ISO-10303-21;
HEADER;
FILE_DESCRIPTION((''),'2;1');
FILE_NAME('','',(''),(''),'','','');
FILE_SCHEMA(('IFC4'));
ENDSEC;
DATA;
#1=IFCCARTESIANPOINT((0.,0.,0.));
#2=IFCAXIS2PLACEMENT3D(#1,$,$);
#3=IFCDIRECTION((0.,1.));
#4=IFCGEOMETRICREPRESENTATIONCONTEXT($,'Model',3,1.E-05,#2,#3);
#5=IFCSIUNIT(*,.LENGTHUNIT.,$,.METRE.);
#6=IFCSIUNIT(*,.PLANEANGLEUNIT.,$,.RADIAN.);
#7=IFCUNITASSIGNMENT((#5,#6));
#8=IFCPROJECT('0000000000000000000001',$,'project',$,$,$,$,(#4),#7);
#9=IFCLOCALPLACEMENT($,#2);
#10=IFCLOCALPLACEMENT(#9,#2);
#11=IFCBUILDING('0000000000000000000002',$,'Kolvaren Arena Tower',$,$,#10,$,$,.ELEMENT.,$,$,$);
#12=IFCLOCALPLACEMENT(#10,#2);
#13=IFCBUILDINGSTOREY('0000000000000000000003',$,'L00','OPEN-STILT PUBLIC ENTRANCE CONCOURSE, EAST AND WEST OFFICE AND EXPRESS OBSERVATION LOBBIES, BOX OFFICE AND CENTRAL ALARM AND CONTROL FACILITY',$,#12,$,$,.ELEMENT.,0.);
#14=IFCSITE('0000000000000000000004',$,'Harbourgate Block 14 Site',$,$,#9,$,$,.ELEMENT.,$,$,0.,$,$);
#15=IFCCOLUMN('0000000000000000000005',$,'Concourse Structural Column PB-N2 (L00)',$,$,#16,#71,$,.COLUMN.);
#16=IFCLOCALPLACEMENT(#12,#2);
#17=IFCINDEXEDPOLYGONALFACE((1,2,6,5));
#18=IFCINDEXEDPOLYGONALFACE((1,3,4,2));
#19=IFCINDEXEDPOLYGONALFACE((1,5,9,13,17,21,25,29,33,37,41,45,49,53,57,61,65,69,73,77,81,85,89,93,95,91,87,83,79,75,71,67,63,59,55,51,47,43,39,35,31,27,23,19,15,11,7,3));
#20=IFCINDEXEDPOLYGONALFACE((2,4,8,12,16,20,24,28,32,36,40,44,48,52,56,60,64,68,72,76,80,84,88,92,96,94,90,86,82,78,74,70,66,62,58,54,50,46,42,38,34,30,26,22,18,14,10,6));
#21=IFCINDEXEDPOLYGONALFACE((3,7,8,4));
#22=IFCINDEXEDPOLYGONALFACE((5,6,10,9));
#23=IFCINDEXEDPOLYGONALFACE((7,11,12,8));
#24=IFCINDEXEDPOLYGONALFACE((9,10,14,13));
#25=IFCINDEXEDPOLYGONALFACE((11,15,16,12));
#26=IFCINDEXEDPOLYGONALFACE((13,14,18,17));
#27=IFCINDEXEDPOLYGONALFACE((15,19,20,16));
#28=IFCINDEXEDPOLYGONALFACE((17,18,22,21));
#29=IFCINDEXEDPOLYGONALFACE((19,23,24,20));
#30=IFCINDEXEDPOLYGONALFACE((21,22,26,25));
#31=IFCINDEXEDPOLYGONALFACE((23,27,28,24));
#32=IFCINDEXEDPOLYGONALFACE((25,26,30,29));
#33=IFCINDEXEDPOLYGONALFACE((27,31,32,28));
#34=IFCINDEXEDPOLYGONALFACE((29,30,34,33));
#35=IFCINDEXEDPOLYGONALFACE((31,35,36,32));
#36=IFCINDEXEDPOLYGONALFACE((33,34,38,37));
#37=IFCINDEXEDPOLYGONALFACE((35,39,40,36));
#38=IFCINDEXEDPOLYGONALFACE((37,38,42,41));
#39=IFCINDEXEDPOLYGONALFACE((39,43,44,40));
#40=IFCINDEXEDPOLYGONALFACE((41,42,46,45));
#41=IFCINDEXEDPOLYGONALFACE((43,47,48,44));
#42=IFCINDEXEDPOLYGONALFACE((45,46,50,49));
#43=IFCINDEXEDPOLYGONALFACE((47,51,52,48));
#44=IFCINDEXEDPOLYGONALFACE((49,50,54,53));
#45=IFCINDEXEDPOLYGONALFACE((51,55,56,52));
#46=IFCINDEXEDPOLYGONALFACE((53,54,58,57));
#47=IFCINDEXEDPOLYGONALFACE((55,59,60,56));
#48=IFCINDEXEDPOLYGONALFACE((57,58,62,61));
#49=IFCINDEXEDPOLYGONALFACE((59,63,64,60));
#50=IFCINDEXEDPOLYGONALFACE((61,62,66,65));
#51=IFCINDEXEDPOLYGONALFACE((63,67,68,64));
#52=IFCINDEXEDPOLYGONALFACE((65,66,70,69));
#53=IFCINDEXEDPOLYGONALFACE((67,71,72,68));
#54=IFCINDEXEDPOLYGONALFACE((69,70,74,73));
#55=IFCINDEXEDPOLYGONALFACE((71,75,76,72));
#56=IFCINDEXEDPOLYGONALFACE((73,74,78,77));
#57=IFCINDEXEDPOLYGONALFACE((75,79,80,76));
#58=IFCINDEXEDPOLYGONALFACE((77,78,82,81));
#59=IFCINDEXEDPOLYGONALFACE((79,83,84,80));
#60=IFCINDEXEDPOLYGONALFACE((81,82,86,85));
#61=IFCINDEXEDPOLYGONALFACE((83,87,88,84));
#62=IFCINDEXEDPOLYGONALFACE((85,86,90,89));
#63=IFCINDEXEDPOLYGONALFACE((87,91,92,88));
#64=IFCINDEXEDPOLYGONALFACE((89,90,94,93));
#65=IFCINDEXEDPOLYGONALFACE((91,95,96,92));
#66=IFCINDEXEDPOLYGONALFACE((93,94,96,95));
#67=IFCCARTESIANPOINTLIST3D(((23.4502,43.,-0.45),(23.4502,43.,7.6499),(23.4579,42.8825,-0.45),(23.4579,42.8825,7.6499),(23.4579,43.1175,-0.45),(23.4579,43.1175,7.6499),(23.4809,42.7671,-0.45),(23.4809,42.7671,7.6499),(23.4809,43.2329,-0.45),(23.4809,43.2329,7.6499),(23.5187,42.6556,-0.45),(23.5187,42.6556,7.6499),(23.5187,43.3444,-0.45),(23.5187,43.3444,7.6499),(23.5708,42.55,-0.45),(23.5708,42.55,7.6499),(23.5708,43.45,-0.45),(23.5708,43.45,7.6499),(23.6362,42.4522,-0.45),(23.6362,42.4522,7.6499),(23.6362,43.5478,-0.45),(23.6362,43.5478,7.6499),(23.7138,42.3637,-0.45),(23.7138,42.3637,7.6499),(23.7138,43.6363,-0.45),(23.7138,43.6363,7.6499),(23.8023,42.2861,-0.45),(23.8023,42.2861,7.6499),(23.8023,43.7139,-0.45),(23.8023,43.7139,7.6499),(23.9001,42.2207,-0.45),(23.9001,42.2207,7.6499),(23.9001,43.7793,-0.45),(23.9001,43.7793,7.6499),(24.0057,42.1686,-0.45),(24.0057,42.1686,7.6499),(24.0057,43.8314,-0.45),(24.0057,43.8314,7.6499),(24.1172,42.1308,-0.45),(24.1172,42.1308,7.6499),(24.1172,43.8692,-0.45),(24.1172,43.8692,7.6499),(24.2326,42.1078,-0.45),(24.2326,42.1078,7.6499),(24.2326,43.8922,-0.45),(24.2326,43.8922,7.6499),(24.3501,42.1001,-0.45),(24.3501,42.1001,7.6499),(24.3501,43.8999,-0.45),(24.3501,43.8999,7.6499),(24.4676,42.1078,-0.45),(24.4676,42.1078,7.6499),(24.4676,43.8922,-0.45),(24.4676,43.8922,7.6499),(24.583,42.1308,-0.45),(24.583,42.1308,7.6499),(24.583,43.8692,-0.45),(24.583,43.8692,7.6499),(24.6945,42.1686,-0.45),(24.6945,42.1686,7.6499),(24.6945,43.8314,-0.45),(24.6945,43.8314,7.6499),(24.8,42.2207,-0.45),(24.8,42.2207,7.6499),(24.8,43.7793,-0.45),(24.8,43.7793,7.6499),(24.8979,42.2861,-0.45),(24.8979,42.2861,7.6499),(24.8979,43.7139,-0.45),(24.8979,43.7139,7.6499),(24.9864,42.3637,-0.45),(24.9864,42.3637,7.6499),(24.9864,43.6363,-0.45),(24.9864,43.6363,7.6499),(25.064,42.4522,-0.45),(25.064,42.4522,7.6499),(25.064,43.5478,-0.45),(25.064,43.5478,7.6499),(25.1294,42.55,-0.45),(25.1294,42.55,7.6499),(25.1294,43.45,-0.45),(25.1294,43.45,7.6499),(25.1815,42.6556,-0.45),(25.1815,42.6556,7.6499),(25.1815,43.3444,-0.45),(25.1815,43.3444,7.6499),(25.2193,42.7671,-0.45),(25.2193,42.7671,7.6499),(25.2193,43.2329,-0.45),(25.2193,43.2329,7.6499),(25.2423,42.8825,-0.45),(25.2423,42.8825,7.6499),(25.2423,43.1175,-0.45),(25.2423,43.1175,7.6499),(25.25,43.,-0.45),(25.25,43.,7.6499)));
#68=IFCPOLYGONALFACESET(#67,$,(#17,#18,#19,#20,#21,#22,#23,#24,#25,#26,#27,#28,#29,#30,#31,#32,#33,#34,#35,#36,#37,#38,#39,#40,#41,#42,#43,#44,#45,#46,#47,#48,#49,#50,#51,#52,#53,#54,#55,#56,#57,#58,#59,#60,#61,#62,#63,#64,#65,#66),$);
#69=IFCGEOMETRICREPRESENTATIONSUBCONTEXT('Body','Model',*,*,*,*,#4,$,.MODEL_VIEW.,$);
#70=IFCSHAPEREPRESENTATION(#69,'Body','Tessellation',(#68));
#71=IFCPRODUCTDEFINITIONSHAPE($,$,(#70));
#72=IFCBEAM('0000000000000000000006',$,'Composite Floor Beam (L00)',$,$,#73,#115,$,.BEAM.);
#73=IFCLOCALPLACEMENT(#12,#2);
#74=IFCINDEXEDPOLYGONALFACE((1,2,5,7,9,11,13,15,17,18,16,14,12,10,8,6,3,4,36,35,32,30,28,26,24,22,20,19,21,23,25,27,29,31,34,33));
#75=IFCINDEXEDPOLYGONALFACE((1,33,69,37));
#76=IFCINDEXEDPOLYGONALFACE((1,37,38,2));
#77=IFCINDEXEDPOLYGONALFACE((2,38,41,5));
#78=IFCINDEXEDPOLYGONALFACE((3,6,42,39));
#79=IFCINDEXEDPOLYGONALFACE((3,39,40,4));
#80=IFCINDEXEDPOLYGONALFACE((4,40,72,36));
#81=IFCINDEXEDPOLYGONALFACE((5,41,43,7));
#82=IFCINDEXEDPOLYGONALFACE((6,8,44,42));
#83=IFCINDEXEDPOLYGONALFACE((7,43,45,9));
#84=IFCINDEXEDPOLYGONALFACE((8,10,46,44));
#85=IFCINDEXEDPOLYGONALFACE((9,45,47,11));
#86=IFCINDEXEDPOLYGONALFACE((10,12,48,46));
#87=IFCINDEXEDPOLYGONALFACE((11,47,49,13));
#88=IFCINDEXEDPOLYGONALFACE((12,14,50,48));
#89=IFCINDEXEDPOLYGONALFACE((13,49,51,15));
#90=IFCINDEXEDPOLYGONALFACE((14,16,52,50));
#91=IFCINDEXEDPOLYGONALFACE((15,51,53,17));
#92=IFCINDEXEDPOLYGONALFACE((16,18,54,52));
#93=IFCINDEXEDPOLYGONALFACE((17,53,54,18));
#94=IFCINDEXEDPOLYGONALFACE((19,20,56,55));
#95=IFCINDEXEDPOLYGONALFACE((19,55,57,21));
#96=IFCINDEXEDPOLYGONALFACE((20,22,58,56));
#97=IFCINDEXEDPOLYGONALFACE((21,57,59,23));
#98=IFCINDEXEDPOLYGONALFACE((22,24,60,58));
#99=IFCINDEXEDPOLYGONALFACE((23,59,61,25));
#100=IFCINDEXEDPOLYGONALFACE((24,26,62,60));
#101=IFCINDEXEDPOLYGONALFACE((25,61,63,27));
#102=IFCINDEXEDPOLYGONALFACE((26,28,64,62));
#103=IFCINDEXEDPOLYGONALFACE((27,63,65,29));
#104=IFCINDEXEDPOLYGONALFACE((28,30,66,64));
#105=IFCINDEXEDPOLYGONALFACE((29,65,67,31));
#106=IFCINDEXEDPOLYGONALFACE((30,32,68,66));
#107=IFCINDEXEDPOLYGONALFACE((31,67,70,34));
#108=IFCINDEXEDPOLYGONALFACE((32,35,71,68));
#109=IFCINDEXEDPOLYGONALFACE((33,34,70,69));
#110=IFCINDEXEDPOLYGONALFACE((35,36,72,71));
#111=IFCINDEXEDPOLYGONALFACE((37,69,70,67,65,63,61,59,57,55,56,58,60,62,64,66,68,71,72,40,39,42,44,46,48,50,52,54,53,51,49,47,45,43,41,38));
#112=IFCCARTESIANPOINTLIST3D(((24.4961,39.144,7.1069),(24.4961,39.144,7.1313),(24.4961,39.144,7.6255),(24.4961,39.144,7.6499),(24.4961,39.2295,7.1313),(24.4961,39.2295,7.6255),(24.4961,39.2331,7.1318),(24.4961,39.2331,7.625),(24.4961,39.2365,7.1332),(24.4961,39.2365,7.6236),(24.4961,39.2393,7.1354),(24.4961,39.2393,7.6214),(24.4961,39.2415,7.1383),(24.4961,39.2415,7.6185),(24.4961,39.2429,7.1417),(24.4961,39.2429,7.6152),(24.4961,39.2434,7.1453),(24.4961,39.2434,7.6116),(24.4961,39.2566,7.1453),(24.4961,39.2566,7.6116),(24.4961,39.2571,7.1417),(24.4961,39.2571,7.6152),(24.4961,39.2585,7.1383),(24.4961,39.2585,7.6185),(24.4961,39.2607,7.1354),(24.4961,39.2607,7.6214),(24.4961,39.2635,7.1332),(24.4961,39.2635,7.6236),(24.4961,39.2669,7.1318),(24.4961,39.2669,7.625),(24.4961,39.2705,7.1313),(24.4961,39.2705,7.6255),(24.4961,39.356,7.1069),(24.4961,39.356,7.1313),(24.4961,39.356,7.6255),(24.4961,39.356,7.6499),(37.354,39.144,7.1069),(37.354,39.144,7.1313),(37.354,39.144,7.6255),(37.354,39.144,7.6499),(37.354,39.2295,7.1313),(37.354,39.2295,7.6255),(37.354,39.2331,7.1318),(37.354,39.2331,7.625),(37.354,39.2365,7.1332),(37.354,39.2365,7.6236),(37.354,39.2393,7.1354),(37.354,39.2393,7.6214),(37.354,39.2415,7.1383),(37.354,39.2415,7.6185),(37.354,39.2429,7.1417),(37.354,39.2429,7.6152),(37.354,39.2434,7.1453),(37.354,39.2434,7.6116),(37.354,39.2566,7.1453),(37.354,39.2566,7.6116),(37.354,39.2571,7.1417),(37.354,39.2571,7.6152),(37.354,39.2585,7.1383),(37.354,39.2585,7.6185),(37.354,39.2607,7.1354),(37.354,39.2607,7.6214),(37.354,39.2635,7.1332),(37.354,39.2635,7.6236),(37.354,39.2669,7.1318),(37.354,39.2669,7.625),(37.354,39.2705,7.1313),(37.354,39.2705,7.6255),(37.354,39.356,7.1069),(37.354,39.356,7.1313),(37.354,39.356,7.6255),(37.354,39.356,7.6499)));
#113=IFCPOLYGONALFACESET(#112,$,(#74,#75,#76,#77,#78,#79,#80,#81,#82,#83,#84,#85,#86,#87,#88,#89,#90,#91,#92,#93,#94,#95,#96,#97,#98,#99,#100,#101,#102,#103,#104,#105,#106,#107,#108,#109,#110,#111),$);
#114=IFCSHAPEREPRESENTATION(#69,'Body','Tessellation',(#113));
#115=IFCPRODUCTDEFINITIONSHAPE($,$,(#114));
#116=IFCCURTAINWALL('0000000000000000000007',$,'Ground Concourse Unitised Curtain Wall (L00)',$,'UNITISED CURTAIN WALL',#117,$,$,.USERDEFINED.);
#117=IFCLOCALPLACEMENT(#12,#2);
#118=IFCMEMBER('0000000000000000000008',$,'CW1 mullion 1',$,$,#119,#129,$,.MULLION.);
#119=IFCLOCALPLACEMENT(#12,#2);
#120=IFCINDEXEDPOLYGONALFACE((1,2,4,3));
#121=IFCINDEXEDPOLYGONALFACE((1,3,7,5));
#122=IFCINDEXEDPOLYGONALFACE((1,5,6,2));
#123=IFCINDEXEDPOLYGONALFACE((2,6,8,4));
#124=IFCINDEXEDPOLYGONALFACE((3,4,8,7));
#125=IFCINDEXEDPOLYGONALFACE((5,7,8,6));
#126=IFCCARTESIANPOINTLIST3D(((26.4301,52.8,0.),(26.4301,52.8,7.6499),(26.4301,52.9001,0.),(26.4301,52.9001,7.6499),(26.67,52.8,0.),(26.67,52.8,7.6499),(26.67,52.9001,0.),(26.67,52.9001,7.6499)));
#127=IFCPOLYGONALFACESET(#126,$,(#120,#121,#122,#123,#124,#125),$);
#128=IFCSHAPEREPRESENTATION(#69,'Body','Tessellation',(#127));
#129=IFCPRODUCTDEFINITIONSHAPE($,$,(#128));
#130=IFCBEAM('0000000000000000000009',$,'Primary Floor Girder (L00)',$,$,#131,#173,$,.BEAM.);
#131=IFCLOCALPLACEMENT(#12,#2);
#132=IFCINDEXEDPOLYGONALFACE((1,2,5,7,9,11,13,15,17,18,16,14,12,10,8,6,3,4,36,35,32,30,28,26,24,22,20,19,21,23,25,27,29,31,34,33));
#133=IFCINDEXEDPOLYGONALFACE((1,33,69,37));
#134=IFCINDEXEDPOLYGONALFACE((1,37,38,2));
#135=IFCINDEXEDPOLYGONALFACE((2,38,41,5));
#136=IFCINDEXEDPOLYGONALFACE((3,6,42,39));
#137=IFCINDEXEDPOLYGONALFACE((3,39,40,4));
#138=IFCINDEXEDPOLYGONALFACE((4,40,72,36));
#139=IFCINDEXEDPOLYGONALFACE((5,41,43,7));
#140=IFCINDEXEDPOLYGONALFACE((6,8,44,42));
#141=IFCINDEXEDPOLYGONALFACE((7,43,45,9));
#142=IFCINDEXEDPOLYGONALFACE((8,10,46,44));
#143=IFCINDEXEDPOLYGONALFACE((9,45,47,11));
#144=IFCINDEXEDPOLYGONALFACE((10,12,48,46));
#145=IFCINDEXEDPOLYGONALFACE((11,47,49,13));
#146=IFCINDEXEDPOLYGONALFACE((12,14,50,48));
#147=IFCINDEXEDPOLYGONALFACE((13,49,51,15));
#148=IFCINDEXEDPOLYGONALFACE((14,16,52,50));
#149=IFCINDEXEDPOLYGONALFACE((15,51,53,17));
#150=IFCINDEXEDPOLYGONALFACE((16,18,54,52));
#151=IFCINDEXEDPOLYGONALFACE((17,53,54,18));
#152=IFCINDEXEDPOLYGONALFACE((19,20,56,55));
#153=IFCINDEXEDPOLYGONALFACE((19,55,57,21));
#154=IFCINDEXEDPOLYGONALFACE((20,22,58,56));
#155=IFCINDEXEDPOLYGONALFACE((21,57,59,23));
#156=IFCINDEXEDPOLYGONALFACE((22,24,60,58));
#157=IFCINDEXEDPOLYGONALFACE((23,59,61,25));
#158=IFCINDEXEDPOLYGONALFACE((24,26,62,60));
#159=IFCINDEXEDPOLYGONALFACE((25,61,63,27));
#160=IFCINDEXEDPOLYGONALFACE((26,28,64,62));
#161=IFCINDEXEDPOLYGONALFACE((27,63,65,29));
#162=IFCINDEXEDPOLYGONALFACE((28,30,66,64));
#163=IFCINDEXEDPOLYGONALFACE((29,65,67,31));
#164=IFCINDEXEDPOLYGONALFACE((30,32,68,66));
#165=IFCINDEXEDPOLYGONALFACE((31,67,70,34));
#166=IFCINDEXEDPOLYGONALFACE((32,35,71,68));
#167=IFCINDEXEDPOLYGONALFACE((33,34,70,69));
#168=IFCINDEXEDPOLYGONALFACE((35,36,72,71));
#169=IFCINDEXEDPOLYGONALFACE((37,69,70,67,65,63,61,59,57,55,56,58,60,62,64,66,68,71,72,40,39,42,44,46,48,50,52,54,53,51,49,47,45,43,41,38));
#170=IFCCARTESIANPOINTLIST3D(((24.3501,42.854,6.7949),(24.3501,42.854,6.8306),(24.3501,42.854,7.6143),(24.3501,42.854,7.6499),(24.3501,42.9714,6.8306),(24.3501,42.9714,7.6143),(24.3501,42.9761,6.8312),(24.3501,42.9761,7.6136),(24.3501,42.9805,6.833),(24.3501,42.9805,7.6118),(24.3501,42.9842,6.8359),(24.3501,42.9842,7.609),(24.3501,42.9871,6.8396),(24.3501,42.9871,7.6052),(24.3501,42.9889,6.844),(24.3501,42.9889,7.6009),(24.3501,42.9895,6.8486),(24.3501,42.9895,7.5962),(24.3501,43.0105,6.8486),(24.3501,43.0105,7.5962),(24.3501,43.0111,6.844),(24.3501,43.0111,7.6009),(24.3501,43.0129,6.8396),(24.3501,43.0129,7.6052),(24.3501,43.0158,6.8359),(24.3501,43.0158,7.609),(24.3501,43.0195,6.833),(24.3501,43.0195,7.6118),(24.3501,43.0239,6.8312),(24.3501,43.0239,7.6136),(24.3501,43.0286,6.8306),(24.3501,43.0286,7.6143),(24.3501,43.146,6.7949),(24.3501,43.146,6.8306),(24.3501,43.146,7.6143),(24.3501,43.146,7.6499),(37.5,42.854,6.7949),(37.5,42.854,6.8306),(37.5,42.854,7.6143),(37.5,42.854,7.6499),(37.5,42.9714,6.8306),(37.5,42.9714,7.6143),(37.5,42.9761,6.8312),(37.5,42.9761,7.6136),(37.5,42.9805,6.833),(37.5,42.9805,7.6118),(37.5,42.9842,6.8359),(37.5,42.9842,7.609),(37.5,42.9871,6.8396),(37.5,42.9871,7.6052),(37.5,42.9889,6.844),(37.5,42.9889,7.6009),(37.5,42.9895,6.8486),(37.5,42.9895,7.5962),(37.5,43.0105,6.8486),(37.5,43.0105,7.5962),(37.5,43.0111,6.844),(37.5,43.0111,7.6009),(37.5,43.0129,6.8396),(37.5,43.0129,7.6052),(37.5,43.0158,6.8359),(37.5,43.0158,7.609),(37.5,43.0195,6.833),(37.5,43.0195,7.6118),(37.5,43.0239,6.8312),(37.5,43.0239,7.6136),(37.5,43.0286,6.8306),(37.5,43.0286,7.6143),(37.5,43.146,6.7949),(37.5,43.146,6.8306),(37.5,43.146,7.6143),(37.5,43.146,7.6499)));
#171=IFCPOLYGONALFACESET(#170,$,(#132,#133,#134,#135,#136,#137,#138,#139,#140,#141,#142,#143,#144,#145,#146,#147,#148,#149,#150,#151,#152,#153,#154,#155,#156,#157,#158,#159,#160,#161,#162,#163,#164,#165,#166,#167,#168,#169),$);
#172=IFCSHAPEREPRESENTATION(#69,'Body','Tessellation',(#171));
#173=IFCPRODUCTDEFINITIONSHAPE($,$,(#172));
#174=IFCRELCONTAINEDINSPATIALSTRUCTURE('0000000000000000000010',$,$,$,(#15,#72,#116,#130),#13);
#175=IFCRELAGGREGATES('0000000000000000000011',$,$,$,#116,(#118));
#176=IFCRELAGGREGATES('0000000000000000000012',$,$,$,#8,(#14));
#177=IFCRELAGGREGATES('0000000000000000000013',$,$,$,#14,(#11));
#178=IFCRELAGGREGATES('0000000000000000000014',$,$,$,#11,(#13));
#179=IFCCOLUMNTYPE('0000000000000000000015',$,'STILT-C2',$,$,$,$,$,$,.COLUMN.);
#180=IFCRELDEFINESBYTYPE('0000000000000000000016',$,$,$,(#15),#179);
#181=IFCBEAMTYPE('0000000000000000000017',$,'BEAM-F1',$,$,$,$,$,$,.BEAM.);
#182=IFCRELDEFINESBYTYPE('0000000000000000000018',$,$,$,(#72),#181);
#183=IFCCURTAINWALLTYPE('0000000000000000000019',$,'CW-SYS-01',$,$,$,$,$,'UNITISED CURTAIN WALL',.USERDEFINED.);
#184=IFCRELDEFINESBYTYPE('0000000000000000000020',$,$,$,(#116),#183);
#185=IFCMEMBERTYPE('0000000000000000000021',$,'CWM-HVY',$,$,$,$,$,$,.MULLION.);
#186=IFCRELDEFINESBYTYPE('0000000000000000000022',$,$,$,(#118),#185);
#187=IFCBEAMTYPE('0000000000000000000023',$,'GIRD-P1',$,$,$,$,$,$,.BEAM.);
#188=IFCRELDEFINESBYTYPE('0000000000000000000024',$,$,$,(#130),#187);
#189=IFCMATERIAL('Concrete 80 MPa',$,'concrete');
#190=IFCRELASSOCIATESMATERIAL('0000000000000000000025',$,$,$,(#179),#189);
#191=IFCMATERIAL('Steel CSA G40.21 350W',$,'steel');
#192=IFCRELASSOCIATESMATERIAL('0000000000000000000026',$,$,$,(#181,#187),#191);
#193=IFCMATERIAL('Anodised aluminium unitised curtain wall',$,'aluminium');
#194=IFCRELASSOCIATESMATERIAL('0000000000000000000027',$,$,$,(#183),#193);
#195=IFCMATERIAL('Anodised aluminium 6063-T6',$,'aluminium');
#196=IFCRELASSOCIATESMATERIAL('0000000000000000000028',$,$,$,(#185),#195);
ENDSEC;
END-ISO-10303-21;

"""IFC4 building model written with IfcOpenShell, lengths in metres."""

from ifc_helpers import new_model, si_unit, direction, frame, origin, origin_2d, place, context, subcontext, project, spatial, rectangle, circle, i_section, extrude, material, material_profile, profile_set, type_object, element, aggregate, save


model = new_model("IFC4")

# Units and contexts
model_context = context("Model", 3, precision=1e-05, world=origin(), true_north=direction((0.0, 1.0)))
body_context = subcontext(model_context, "Body", "Model", "MODEL_VIEW")
ifc_project = project(units=[si_unit("LENGTHUNIT", "METRE"), si_unit("PLANEANGLEUNIT", "RADIAN")], contexts=[model_context])

# Site, building, storey
site_placement = place(None, origin())
site = spatial("IfcSite", under=ifc_project, at=site_placement, Name="Harbourgate Block 14 Site", CompositionType="ELEMENT", RefElevation=0.0)
building_placement = place(site_placement, origin())
building = spatial("IfcBuilding", under=site, at=building_placement, Name="Kolvaren Arena Tower", CompositionType="ELEMENT")
storey_placement = place(building_placement, origin())
storey = spatial("IfcBuildingStorey", under=building, at=storey_placement, Name="L00", Description="OPEN-STILT PUBLIC ENTRANCE CONCOURSE, EAST AND WEST OFFICE AND EXPRESS OBSERVATION LOBBIES, BOX OFFICE AND CENTRAL ALARM AND CONTROL FACILITY", CompositionType="ELEMENT", Elevation=0.0)

# Column
ifc_material_1 = material(Name="Concrete 80 MPa", Category="concrete")
ifc_material_profile_1 = material_profile(ifc_material_1, circle(Radius=0.8999, at=origin_2d()), Name="RC-CIRC-1800")
ifc_profile_set_1 = profile_set([ifc_material_profile_1], Name="Concrete 80 MPa")
column_type = type_object("IfcColumnType", Name="STILT-C2", PredefinedType="COLUMN", material=ifc_profile_set_1)
column_placement = place(storey_placement, frame((24.3501, 43.0, -0.45), z_axis=(0.0, 0.0, 1.0), x_axis=(1.0, 0.0, 0.0)))
element("IfcColumn", 1, at=column_placement, inside=storey, type_object=column_type, Name="Concourse Structural Column PB-N2 (L00)", PredefinedType="COLUMN", context=body_context, shape_type="SweptSolid", body=[
    extrude(circle(Radius=0.8999, at=origin_2d()), origin(), (0.0, 0.0, 1.0), 8.0999),
])

# Beam
ifc_material_2 = material(Name="Steel CSA G40.21 350W", Category="steel")
ifc_material_profile_2 = material_profile(ifc_material_2, i_section(OverallWidth=0.2119, OverallDepth=0.543, WebThickness=0.0132, FlangeThickness=0.0244, FilletRadius=0.0139, at=origin_2d()), Name="W530x150")
ifc_profile_set_2 = profile_set([ifc_material_profile_2], Name="Steel CSA G40.21 350W")
beam_type_1 = type_object("IfcBeamType", Name="BEAM-F1", PredefinedType="BEAM", material=ifc_profile_set_2)
beam_1_placement = place(storey_placement, frame((24.4961, 39.25, 7.3784), z_axis=(1.0, 0.0, 0.0), x_axis=(0.0, 1.0, 0.0)))
element("IfcBeam", 2, at=beam_1_placement, inside=storey, type_object=beam_type_1, Name="Composite Floor Beam (L00)", PredefinedType="BEAM", context=body_context, shape_type="SweptSolid", body=[
    extrude(i_section(OverallWidth=0.2119, OverallDepth=0.543, WebThickness=0.0132, FlangeThickness=0.0244, FilletRadius=0.0139, at=origin_2d()), origin(), (0.0, 0.0, 1.0), 12.8579),
])

# Curtain wall, member
ifc_material_3 = material(Name="Anodised aluminium unitised curtain wall", Category="aluminium")
curtain_wall_type = type_object("IfcCurtainWallType", Name="CW-SYS-01", ElementType="UNITISED CURTAIN WALL", PredefinedType="USERDEFINED", material=ifc_material_3)
curtain_wall_placement = place(storey_placement, origin())
curtain_wall = element("IfcCurtainWall", 3, at=curtain_wall_placement, inside=storey, type_object=curtain_wall_type, Name="Ground Concourse Unitised Curtain Wall (L00)", ObjectType="UNITISED CURTAIN WALL", PredefinedType="USERDEFINED")
ifc_material_4 = material(Name="Anodised aluminium 6063-T6", Category="aluminium")
ifc_material_profile_3 = material_profile(ifc_material_4, rectangle(XDim=0.1001, YDim=0.24, at=origin_2d()), Name="ALU-100x240")
ifc_profile_set_3 = profile_set([ifc_material_profile_3], Name="Anodised aluminium 6063-T6")
member_type = type_object("IfcMemberType", Name="CWM-HVY", PredefinedType="MULLION", material=ifc_profile_set_3)
member_placement = place(storey_placement, frame((26.55, 52.8501, 0.0), z_axis=(0.0, 0.0, 1.0), x_axis=(0.0, 1.0, 0.0)))
member = element("IfcMember", 4, at=member_placement, type_object=member_type, Name="CW1 mullion 1", PredefinedType="MULLION", context=body_context, shape_type="SweptSolid", body=[
    extrude(rectangle(XDim=0.1001, YDim=0.24, at=origin_2d()), origin(), (0.0, 0.0, 1.0), 7.6499),
])
aggregate(curtain_wall, [member])

# Beam
ifc_material_profile_4 = material_profile(ifc_material_2, i_section(OverallWidth=0.292, OverallDepth=0.855, WebThickness=0.021, FlangeThickness=0.0356, FilletRadius=0.0181, at=origin_2d()), Name="W840x299")
ifc_profile_set_4 = profile_set([ifc_material_profile_4], Name="Steel CSA G40.21 350W")
beam_type_2 = type_object("IfcBeamType", Name="GIRD-P1", PredefinedType="BEAM", material=ifc_profile_set_4)
beam_2_placement = place(storey_placement, frame((24.3501, 43.0, 7.2224), z_axis=(1.0, 0.0, 0.0), x_axis=(0.0, 1.0, 0.0)))
element("IfcBeam", 5, at=beam_2_placement, inside=storey, type_object=beam_type_2, Name="Primary Floor Girder (L00)", PredefinedType="BEAM", context=body_context, shape_type="SweptSolid", body=[
    extrude(i_section(OverallWidth=0.292, OverallDepth=0.855, WebThickness=0.021, FlangeThickness=0.0356, FilletRadius=0.0181, at=origin_2d()), origin(), (0.0, 0.0, 1.0), 13.1499),
])

save(model, "model.ifc")
